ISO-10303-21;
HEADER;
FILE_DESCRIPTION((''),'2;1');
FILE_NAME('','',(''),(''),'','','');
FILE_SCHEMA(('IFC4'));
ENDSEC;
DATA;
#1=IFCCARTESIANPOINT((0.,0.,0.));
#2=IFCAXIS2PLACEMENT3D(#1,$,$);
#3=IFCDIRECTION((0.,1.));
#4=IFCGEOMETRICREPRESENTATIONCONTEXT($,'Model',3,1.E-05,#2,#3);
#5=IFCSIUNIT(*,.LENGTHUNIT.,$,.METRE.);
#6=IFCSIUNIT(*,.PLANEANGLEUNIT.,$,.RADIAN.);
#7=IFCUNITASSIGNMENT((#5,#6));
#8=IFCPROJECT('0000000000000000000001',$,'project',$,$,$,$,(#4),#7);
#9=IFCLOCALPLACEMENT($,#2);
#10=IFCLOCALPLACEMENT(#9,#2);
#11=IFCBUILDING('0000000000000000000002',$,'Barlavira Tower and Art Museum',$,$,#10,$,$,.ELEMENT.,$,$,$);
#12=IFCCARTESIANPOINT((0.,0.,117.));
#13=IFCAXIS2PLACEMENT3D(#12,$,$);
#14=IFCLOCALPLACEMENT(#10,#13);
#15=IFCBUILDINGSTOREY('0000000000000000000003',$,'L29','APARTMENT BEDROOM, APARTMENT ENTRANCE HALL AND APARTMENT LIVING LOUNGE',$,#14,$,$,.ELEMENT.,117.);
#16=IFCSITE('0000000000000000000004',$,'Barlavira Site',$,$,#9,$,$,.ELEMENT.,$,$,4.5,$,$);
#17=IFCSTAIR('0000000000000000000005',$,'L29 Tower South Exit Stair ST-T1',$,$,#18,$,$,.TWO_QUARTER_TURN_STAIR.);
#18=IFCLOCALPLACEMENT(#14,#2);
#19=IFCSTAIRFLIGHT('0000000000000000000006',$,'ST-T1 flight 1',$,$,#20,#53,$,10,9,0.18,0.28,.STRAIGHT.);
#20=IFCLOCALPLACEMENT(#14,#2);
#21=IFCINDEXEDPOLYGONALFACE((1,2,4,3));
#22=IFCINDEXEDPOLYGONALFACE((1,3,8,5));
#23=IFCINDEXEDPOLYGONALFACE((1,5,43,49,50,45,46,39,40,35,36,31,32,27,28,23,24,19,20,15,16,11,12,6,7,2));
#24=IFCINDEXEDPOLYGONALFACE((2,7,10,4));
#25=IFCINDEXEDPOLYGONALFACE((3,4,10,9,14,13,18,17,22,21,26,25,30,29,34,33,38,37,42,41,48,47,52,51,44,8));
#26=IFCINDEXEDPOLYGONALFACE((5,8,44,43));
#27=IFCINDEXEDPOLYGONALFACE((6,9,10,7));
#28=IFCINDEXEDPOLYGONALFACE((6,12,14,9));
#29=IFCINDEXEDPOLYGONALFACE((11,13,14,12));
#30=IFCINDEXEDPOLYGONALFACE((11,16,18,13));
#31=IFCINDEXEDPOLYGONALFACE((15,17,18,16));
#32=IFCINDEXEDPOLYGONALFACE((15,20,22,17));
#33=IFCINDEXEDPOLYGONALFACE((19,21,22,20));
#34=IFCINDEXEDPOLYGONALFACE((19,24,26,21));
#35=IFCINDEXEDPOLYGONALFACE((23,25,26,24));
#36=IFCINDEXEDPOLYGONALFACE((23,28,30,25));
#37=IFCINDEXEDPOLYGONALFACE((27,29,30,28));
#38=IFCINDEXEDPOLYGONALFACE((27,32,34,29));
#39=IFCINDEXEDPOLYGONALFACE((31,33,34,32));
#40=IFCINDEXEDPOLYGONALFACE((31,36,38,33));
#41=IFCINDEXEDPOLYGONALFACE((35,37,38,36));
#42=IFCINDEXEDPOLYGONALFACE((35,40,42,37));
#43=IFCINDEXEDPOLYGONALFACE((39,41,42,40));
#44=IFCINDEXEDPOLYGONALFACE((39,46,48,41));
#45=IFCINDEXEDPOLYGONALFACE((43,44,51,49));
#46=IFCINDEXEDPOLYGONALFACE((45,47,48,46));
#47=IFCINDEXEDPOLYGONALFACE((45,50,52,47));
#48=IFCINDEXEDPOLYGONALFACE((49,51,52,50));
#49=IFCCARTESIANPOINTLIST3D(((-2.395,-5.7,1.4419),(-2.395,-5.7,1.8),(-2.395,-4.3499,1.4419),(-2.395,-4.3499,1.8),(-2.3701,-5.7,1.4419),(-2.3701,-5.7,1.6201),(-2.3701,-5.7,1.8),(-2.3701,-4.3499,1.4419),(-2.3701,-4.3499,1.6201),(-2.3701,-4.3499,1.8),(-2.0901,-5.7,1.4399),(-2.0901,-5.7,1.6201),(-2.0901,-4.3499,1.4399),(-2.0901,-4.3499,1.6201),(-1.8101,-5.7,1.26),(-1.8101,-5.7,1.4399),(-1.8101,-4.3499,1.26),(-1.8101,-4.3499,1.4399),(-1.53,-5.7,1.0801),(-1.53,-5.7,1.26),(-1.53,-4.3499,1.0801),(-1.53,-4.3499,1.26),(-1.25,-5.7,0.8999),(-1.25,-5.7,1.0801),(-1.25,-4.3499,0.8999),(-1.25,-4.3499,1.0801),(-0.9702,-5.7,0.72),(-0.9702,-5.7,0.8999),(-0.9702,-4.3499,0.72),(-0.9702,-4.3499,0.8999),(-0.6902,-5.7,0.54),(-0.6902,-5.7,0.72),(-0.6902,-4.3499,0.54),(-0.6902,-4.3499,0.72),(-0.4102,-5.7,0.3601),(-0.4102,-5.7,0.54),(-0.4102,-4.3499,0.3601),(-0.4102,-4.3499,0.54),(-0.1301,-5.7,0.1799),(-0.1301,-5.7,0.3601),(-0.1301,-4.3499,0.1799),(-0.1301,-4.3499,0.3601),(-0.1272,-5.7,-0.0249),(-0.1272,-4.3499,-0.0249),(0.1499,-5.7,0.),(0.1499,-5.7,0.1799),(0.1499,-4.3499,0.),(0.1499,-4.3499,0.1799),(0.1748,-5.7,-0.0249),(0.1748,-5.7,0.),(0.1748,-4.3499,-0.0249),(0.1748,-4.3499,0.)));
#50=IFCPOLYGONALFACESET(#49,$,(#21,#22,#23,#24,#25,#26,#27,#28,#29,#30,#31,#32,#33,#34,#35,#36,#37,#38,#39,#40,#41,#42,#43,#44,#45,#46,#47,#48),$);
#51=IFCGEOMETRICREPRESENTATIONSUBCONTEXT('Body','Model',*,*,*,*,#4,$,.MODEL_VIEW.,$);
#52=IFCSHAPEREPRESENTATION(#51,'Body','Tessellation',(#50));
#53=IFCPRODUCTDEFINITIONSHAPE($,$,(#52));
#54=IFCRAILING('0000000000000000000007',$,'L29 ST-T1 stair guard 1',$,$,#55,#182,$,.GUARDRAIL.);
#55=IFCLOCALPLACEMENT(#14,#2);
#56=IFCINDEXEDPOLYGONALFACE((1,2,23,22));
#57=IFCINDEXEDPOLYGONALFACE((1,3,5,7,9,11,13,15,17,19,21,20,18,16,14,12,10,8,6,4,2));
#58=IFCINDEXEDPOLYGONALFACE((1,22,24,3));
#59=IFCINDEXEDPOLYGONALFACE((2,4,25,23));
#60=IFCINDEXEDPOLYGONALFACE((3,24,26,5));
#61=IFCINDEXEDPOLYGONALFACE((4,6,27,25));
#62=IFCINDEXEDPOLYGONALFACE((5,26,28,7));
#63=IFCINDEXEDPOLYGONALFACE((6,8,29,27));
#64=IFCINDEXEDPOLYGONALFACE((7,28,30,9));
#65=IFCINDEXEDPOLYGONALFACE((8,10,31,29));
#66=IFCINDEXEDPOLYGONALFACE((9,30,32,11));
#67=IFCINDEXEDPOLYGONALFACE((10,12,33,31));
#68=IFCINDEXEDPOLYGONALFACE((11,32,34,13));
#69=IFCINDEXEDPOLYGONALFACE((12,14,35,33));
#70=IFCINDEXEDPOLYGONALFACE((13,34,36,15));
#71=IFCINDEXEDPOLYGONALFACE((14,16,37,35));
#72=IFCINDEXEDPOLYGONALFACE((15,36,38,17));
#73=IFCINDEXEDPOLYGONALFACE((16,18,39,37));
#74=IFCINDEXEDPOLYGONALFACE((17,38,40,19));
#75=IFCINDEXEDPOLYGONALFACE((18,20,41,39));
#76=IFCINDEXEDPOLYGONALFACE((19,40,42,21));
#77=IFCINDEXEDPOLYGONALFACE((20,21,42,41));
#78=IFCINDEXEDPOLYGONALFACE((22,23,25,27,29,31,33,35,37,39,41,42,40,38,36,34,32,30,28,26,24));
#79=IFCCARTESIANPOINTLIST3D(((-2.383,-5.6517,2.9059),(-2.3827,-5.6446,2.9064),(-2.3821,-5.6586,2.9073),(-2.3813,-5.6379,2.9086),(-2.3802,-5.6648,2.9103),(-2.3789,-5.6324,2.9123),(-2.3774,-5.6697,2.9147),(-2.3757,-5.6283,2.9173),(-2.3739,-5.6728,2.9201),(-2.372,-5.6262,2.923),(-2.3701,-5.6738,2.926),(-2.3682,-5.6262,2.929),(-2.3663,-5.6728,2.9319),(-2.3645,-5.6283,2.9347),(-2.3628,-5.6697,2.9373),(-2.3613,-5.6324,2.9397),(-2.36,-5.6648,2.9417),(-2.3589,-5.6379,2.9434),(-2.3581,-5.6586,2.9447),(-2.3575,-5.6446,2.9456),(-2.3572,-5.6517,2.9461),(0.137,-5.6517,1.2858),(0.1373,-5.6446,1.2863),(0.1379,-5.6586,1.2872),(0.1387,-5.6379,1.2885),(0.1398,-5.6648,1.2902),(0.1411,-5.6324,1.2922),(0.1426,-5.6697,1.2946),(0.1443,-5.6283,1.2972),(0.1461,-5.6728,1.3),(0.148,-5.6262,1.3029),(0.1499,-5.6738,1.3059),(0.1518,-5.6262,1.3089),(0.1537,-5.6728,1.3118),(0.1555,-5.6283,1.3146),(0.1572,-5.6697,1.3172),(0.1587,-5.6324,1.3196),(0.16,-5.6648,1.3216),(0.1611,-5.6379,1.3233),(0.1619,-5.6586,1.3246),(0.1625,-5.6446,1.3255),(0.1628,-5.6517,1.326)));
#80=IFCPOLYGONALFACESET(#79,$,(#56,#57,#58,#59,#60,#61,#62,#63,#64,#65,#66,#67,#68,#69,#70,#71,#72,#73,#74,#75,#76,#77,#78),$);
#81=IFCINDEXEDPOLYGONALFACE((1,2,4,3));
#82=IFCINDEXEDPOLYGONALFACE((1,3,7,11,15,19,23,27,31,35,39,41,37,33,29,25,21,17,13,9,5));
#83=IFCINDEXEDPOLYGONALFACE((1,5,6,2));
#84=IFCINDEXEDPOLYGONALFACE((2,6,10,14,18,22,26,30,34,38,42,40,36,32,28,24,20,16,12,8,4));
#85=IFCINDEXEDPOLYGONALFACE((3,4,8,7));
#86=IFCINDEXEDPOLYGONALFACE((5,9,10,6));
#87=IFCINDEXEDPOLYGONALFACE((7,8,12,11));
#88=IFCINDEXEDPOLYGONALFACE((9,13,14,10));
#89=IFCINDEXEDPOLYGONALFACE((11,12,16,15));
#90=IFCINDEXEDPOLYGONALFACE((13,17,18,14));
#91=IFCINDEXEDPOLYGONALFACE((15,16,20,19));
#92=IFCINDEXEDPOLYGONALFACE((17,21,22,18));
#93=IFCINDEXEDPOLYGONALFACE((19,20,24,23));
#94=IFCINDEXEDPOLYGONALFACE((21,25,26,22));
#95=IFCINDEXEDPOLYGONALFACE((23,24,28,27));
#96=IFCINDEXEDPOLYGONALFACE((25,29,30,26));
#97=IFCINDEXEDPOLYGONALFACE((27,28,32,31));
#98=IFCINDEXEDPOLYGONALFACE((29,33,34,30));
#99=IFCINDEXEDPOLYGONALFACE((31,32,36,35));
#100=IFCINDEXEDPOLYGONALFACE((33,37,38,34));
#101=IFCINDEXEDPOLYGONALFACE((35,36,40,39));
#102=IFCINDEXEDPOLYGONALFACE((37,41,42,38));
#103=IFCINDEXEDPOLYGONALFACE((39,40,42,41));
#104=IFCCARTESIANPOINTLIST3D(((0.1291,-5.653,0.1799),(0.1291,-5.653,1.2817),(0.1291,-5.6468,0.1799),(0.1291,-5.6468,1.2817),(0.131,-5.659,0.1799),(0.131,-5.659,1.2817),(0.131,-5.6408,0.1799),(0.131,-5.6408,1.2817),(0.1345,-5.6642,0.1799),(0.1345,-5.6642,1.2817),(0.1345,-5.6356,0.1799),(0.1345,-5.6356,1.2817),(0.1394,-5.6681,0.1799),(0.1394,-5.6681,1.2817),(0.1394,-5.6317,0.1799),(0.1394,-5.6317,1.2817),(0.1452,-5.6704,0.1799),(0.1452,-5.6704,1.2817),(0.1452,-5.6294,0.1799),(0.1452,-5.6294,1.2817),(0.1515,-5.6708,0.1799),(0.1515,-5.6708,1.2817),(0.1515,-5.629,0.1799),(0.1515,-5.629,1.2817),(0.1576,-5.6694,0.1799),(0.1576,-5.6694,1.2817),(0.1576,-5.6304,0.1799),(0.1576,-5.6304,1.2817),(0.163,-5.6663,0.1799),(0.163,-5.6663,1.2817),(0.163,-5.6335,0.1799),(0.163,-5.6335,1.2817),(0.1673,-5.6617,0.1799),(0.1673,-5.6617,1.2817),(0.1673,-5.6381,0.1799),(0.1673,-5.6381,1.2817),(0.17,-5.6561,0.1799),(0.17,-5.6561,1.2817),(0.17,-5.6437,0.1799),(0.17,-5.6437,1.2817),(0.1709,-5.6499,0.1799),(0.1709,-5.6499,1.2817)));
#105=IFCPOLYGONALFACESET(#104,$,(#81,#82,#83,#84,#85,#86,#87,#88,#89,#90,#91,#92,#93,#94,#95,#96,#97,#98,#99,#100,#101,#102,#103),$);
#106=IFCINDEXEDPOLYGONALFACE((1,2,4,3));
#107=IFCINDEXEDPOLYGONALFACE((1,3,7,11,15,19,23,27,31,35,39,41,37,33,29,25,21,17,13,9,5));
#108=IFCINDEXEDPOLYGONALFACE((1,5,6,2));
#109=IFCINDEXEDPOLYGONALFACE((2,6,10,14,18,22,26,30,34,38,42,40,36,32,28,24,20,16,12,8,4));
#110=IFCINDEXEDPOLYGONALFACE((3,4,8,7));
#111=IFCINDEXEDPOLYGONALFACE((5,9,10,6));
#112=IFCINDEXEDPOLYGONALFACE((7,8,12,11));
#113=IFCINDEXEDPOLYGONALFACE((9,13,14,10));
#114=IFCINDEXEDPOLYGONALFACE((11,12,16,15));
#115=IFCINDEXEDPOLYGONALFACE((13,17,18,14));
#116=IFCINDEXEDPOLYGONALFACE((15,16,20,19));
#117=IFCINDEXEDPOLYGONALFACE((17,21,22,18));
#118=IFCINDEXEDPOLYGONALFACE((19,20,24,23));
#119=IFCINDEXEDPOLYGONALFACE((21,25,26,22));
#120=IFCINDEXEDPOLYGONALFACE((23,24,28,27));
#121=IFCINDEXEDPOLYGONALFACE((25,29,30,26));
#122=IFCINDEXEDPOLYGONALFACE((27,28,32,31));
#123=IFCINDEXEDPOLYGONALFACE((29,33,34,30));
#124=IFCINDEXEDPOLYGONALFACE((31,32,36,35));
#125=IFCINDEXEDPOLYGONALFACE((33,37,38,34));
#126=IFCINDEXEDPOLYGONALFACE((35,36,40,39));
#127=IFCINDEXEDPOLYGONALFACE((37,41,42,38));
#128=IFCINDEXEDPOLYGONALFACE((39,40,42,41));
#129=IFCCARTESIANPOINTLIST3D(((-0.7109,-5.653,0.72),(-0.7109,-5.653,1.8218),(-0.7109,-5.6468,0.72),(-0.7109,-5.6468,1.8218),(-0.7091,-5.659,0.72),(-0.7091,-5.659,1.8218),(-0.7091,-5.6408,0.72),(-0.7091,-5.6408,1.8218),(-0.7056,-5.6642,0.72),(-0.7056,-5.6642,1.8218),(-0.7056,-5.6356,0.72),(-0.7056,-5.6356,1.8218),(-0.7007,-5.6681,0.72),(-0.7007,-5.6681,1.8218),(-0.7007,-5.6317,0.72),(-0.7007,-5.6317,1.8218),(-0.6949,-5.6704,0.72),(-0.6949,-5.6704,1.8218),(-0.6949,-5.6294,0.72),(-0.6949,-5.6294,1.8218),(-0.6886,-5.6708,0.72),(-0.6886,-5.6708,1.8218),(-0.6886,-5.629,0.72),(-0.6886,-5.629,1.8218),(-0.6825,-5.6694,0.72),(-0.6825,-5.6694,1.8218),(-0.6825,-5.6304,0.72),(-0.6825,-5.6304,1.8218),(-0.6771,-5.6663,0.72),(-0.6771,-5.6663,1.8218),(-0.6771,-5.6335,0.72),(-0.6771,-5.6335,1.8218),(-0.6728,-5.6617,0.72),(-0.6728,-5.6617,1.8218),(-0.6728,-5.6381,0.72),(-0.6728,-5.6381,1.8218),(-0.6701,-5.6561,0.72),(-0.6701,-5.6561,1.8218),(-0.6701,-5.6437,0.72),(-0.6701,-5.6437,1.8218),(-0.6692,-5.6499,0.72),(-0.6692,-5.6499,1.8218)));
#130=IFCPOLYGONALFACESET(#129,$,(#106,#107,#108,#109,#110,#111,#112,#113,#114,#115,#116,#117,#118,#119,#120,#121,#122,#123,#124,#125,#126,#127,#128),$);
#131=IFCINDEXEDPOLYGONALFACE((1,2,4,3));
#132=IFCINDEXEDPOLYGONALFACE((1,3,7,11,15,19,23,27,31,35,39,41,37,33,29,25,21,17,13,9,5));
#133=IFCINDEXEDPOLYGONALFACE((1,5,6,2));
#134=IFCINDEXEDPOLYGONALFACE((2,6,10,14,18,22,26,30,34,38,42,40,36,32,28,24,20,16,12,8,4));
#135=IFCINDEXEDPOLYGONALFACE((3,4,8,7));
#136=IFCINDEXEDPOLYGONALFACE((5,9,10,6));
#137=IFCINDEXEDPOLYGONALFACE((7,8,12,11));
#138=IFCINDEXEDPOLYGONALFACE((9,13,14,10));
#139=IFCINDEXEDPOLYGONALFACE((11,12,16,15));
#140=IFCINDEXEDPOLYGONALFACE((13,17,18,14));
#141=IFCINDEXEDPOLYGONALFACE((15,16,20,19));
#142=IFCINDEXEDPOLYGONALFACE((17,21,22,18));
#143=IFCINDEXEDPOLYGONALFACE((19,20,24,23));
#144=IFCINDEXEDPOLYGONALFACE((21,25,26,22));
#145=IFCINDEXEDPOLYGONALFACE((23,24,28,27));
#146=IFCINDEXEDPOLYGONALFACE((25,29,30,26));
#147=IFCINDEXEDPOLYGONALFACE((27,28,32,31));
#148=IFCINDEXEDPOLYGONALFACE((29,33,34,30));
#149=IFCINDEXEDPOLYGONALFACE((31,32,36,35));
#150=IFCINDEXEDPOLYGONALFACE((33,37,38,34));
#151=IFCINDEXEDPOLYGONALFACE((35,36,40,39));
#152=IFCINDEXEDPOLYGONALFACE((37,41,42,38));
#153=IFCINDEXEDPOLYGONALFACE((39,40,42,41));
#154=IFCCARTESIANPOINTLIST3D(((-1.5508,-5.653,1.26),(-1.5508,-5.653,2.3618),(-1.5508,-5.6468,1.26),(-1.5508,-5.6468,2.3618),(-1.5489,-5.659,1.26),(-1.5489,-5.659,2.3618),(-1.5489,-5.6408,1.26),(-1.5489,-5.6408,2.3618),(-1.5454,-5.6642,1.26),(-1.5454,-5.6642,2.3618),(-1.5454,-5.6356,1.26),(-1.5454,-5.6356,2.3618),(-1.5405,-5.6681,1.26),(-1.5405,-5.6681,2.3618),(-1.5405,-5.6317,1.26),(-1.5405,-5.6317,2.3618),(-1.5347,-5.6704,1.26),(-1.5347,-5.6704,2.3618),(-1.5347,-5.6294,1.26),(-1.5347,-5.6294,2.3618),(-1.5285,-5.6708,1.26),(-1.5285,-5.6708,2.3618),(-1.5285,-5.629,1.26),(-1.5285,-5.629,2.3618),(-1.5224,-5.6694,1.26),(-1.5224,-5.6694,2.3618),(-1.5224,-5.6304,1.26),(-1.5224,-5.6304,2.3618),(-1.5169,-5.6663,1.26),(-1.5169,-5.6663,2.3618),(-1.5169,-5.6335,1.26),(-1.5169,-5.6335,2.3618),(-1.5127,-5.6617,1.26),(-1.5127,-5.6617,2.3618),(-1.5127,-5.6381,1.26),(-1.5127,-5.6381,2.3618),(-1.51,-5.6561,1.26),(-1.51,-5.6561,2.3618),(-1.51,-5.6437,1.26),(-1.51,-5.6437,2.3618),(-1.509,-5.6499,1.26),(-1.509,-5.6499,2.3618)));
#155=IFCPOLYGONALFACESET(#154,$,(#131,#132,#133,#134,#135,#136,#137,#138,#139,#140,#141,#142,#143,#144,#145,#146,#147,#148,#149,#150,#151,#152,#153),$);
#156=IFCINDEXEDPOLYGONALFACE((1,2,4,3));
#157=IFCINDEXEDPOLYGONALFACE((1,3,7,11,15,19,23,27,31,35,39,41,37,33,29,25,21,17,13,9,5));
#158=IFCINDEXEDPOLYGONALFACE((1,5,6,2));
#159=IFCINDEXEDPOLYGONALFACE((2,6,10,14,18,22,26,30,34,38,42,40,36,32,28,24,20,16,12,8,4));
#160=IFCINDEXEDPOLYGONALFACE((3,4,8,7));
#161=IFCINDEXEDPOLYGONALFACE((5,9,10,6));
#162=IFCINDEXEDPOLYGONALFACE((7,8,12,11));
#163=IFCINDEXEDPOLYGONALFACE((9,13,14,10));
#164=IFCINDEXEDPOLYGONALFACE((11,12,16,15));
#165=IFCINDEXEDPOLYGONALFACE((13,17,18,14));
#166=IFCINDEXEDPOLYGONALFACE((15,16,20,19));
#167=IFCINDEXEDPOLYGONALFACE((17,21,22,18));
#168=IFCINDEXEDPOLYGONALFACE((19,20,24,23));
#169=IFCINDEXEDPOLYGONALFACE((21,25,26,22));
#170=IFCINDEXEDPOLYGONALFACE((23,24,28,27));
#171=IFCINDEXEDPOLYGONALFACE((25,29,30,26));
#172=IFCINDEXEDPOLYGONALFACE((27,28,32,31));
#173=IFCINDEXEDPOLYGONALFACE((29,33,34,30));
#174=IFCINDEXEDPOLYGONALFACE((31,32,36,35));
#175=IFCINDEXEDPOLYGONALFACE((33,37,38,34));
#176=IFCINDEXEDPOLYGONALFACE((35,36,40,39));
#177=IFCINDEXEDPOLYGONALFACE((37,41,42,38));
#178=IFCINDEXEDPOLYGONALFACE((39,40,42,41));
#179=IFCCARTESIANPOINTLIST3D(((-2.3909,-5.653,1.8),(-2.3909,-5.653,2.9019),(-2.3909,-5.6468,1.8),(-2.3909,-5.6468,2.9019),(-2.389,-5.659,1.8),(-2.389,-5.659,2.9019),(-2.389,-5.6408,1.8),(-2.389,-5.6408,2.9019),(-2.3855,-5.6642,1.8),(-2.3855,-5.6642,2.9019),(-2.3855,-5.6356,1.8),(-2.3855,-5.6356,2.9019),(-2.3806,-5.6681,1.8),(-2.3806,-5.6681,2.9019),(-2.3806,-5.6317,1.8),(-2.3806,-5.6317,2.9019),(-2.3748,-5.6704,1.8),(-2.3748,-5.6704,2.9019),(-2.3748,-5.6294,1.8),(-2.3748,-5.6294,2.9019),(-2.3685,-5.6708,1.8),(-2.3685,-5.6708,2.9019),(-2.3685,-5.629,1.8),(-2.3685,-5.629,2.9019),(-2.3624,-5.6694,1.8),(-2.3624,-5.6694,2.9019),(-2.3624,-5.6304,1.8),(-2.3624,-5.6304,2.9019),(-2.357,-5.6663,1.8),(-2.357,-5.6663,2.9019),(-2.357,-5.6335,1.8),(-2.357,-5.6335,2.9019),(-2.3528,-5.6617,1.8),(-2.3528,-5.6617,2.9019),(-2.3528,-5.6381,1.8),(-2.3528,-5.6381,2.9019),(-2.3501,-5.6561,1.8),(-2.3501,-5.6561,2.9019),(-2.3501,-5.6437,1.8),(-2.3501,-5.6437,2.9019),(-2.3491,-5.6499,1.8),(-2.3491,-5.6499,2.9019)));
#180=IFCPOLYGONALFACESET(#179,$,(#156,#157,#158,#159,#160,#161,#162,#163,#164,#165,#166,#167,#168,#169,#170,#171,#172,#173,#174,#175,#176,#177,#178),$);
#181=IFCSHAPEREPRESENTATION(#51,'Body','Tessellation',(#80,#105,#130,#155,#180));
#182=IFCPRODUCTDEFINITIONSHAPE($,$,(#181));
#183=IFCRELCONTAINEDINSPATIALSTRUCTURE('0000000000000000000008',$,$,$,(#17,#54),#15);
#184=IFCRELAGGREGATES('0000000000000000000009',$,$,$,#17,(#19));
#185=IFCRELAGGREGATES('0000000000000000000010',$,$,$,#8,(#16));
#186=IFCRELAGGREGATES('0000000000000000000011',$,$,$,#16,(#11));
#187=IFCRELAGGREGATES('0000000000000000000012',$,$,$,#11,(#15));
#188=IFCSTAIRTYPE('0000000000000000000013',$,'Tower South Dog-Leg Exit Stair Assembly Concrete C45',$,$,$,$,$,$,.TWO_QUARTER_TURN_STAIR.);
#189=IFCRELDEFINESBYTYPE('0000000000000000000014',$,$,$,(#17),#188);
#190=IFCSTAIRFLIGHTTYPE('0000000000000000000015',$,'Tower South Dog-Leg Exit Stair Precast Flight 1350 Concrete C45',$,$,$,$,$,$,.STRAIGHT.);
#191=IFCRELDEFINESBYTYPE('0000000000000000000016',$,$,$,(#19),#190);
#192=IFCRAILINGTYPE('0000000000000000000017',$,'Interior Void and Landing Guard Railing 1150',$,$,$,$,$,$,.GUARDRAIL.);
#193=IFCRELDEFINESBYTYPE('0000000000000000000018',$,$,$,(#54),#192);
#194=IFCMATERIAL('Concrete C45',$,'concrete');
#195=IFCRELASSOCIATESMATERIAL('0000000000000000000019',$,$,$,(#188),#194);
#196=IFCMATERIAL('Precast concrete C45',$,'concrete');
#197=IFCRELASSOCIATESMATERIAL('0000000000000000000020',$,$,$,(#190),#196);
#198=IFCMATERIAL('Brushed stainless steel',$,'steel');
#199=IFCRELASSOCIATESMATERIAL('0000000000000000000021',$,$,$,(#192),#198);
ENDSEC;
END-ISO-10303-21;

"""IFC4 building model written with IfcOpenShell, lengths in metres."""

from ifc_helpers import new_model, si_unit, direction, frame, origin, origin_2d, place, context, subcontext, project, spatial, polyline, circle, outline, extrude, material, type_object, element, aggregate, save


model = new_model("IFC4")

# Units and contexts
model_context = context("Model", 3, precision=1e-05, world=origin(), true_north=direction((0.0, 1.0)))
body_context = subcontext(model_context, "Body", "Model", "MODEL_VIEW")
ifc_project = project(units=[si_unit("LENGTHUNIT", "METRE"), si_unit("PLANEANGLEUNIT", "RADIAN")], contexts=[model_context])

# Site, building, storey
site_placement = place(None, origin())
site = spatial("IfcSite", under=ifc_project, at=site_placement, Name="Barlavira Site", CompositionType="ELEMENT", RefElevation=4.5)
building_placement = place(site_placement, origin())
building = spatial("IfcBuilding", under=site, at=building_placement, Name="Barlavira Tower and Art Museum", CompositionType="ELEMENT")
storey_placement = place(building_placement, frame((0.0, 0.0, 117.0)))
storey = spatial("IfcBuildingStorey", under=building, at=storey_placement, Name="L29", Description="APARTMENT BEDROOM, APARTMENT ENTRANCE HALL AND APARTMENT LIVING LOUNGE", CompositionType="ELEMENT", Elevation=117.0)

# Shared definitions
ifc_material_1 = material(Name="Brushed stainless steel", Category="steel")

# Stair, stair flight
ifc_material_2 = material(Name="Concrete C45", Category="concrete")
stair_type = type_object("IfcStairType", Name="Tower South Dog-Leg Exit Stair Assembly Concrete C45", PredefinedType="TWO_QUARTER_TURN_STAIR", material=ifc_material_2)
stair_placement = place(storey_placement, origin())
stair = element("IfcStair", 1, at=stair_placement, inside=storey, type_object=stair_type, Name="L29 Tower South Exit Stair ST-T1", PredefinedType="TWO_QUARTER_TURN_STAIR")
ifc_material_3 = material(Name="Precast concrete C45", Category="concrete")
stair_flight_type = type_object("IfcStairFlightType", Name="Tower South Dog-Leg Exit Stair Precast Flight 1350 Concrete C45", PredefinedType="STRAIGHT", material=ifc_material_3)
stair_flight_placement = place(storey_placement, frame((0.1499, -5.0249, 0.0), z_axis=(0.0, 0.0, 1.0), x_axis=(-1.0, 0.0, 0.0)))
stair_flight = element("IfcStairFlight", 2, at=stair_flight_placement, type_object=stair_flight_type, Name="ST-T1 flight 1", NumberOfRisers=10, NumberOfTreads=9, PredefinedType="STRAIGHT", RiserHeight=0.18, TreadLength=0.28, context=body_context, shape_type="SweptSolid", body=[
    extrude(outline(polyline([(-0.0249, 0.0), (0.0, 0.0), (0.0, 0.1799), (0.28, 0.1799), (0.28, 0.3601), (0.5601, 0.3601), (0.5601, 0.54), (0.8401, 0.54), (0.8401, 0.72), (1.1201, 0.72), (1.1201, 0.8999), (1.3999, 0.8999), (1.3999, 1.0801), (1.6799, 1.0801), (1.6799, 1.26), (1.96, 1.26), (1.96, 1.4399), (2.24, 1.4399), (2.24, 1.6201), (2.52, 1.6201), (2.52, 1.8), (2.5449, 1.8), (2.5449, 1.4419), (2.52, 1.4419), (0.2771, -0.0249), (-0.0249, -0.0249), (-0.0249, 0.0)])), frame((0.0, 0.675, 0.0), z_axis=(0.0, -1.0, 0.0), x_axis=(1.0, 0.0, 0.0)), (0.0, 0.0, 1.0), 1.3501),
])
aggregate(stair, [stair_flight])

# Railing
railing_type_1 = type_object("IfcRailingType", Name="Interior Void and Landing Guard Railing 1150", PredefinedType="GUARDRAIL", material=ifc_material_1)
railing_1_placement = place(storey_placement, frame((0.1499, -5.6499, 0.1799)))
element("IfcRailing", 3, at=railing_1_placement, inside=storey, type_object=railing_type_1, Name="L29 ST-T1 stair guard 1", PredefinedType="GUARDRAIL", context=body_context, shape_type="SweptSolid", body=[
    extrude(circle(Radius=0.0239, at=origin_2d()), frame((0.0, 0.0, 1.126), z_axis=(-0.841163, 0.0, 0.540782), x_axis=(0.0, -1.0, 0.0)), (0.0, 0.0, 1.0), 2.9958),
    extrude(circle(Radius=0.021, at=origin_2d()), origin(), (0.0, 0.0, 1.0), 1.1018),
    extrude(circle(Radius=0.021, at=origin_2d()), frame((-0.8401, 0.0, 0.54)), (0.0, 0.0, 1.0), 1.1018),
    extrude(circle(Radius=0.021, at=origin_2d()), frame((-1.6799, 0.0, 1.0801)), (0.0, 0.0, 1.0), 1.1018),
    extrude(circle(Radius=0.021, at=origin_2d()), frame((-2.52, 0.0, 1.6201)), (0.0, 0.0, 1.0), 1.1018),
])

save(model, "model.ifc")
